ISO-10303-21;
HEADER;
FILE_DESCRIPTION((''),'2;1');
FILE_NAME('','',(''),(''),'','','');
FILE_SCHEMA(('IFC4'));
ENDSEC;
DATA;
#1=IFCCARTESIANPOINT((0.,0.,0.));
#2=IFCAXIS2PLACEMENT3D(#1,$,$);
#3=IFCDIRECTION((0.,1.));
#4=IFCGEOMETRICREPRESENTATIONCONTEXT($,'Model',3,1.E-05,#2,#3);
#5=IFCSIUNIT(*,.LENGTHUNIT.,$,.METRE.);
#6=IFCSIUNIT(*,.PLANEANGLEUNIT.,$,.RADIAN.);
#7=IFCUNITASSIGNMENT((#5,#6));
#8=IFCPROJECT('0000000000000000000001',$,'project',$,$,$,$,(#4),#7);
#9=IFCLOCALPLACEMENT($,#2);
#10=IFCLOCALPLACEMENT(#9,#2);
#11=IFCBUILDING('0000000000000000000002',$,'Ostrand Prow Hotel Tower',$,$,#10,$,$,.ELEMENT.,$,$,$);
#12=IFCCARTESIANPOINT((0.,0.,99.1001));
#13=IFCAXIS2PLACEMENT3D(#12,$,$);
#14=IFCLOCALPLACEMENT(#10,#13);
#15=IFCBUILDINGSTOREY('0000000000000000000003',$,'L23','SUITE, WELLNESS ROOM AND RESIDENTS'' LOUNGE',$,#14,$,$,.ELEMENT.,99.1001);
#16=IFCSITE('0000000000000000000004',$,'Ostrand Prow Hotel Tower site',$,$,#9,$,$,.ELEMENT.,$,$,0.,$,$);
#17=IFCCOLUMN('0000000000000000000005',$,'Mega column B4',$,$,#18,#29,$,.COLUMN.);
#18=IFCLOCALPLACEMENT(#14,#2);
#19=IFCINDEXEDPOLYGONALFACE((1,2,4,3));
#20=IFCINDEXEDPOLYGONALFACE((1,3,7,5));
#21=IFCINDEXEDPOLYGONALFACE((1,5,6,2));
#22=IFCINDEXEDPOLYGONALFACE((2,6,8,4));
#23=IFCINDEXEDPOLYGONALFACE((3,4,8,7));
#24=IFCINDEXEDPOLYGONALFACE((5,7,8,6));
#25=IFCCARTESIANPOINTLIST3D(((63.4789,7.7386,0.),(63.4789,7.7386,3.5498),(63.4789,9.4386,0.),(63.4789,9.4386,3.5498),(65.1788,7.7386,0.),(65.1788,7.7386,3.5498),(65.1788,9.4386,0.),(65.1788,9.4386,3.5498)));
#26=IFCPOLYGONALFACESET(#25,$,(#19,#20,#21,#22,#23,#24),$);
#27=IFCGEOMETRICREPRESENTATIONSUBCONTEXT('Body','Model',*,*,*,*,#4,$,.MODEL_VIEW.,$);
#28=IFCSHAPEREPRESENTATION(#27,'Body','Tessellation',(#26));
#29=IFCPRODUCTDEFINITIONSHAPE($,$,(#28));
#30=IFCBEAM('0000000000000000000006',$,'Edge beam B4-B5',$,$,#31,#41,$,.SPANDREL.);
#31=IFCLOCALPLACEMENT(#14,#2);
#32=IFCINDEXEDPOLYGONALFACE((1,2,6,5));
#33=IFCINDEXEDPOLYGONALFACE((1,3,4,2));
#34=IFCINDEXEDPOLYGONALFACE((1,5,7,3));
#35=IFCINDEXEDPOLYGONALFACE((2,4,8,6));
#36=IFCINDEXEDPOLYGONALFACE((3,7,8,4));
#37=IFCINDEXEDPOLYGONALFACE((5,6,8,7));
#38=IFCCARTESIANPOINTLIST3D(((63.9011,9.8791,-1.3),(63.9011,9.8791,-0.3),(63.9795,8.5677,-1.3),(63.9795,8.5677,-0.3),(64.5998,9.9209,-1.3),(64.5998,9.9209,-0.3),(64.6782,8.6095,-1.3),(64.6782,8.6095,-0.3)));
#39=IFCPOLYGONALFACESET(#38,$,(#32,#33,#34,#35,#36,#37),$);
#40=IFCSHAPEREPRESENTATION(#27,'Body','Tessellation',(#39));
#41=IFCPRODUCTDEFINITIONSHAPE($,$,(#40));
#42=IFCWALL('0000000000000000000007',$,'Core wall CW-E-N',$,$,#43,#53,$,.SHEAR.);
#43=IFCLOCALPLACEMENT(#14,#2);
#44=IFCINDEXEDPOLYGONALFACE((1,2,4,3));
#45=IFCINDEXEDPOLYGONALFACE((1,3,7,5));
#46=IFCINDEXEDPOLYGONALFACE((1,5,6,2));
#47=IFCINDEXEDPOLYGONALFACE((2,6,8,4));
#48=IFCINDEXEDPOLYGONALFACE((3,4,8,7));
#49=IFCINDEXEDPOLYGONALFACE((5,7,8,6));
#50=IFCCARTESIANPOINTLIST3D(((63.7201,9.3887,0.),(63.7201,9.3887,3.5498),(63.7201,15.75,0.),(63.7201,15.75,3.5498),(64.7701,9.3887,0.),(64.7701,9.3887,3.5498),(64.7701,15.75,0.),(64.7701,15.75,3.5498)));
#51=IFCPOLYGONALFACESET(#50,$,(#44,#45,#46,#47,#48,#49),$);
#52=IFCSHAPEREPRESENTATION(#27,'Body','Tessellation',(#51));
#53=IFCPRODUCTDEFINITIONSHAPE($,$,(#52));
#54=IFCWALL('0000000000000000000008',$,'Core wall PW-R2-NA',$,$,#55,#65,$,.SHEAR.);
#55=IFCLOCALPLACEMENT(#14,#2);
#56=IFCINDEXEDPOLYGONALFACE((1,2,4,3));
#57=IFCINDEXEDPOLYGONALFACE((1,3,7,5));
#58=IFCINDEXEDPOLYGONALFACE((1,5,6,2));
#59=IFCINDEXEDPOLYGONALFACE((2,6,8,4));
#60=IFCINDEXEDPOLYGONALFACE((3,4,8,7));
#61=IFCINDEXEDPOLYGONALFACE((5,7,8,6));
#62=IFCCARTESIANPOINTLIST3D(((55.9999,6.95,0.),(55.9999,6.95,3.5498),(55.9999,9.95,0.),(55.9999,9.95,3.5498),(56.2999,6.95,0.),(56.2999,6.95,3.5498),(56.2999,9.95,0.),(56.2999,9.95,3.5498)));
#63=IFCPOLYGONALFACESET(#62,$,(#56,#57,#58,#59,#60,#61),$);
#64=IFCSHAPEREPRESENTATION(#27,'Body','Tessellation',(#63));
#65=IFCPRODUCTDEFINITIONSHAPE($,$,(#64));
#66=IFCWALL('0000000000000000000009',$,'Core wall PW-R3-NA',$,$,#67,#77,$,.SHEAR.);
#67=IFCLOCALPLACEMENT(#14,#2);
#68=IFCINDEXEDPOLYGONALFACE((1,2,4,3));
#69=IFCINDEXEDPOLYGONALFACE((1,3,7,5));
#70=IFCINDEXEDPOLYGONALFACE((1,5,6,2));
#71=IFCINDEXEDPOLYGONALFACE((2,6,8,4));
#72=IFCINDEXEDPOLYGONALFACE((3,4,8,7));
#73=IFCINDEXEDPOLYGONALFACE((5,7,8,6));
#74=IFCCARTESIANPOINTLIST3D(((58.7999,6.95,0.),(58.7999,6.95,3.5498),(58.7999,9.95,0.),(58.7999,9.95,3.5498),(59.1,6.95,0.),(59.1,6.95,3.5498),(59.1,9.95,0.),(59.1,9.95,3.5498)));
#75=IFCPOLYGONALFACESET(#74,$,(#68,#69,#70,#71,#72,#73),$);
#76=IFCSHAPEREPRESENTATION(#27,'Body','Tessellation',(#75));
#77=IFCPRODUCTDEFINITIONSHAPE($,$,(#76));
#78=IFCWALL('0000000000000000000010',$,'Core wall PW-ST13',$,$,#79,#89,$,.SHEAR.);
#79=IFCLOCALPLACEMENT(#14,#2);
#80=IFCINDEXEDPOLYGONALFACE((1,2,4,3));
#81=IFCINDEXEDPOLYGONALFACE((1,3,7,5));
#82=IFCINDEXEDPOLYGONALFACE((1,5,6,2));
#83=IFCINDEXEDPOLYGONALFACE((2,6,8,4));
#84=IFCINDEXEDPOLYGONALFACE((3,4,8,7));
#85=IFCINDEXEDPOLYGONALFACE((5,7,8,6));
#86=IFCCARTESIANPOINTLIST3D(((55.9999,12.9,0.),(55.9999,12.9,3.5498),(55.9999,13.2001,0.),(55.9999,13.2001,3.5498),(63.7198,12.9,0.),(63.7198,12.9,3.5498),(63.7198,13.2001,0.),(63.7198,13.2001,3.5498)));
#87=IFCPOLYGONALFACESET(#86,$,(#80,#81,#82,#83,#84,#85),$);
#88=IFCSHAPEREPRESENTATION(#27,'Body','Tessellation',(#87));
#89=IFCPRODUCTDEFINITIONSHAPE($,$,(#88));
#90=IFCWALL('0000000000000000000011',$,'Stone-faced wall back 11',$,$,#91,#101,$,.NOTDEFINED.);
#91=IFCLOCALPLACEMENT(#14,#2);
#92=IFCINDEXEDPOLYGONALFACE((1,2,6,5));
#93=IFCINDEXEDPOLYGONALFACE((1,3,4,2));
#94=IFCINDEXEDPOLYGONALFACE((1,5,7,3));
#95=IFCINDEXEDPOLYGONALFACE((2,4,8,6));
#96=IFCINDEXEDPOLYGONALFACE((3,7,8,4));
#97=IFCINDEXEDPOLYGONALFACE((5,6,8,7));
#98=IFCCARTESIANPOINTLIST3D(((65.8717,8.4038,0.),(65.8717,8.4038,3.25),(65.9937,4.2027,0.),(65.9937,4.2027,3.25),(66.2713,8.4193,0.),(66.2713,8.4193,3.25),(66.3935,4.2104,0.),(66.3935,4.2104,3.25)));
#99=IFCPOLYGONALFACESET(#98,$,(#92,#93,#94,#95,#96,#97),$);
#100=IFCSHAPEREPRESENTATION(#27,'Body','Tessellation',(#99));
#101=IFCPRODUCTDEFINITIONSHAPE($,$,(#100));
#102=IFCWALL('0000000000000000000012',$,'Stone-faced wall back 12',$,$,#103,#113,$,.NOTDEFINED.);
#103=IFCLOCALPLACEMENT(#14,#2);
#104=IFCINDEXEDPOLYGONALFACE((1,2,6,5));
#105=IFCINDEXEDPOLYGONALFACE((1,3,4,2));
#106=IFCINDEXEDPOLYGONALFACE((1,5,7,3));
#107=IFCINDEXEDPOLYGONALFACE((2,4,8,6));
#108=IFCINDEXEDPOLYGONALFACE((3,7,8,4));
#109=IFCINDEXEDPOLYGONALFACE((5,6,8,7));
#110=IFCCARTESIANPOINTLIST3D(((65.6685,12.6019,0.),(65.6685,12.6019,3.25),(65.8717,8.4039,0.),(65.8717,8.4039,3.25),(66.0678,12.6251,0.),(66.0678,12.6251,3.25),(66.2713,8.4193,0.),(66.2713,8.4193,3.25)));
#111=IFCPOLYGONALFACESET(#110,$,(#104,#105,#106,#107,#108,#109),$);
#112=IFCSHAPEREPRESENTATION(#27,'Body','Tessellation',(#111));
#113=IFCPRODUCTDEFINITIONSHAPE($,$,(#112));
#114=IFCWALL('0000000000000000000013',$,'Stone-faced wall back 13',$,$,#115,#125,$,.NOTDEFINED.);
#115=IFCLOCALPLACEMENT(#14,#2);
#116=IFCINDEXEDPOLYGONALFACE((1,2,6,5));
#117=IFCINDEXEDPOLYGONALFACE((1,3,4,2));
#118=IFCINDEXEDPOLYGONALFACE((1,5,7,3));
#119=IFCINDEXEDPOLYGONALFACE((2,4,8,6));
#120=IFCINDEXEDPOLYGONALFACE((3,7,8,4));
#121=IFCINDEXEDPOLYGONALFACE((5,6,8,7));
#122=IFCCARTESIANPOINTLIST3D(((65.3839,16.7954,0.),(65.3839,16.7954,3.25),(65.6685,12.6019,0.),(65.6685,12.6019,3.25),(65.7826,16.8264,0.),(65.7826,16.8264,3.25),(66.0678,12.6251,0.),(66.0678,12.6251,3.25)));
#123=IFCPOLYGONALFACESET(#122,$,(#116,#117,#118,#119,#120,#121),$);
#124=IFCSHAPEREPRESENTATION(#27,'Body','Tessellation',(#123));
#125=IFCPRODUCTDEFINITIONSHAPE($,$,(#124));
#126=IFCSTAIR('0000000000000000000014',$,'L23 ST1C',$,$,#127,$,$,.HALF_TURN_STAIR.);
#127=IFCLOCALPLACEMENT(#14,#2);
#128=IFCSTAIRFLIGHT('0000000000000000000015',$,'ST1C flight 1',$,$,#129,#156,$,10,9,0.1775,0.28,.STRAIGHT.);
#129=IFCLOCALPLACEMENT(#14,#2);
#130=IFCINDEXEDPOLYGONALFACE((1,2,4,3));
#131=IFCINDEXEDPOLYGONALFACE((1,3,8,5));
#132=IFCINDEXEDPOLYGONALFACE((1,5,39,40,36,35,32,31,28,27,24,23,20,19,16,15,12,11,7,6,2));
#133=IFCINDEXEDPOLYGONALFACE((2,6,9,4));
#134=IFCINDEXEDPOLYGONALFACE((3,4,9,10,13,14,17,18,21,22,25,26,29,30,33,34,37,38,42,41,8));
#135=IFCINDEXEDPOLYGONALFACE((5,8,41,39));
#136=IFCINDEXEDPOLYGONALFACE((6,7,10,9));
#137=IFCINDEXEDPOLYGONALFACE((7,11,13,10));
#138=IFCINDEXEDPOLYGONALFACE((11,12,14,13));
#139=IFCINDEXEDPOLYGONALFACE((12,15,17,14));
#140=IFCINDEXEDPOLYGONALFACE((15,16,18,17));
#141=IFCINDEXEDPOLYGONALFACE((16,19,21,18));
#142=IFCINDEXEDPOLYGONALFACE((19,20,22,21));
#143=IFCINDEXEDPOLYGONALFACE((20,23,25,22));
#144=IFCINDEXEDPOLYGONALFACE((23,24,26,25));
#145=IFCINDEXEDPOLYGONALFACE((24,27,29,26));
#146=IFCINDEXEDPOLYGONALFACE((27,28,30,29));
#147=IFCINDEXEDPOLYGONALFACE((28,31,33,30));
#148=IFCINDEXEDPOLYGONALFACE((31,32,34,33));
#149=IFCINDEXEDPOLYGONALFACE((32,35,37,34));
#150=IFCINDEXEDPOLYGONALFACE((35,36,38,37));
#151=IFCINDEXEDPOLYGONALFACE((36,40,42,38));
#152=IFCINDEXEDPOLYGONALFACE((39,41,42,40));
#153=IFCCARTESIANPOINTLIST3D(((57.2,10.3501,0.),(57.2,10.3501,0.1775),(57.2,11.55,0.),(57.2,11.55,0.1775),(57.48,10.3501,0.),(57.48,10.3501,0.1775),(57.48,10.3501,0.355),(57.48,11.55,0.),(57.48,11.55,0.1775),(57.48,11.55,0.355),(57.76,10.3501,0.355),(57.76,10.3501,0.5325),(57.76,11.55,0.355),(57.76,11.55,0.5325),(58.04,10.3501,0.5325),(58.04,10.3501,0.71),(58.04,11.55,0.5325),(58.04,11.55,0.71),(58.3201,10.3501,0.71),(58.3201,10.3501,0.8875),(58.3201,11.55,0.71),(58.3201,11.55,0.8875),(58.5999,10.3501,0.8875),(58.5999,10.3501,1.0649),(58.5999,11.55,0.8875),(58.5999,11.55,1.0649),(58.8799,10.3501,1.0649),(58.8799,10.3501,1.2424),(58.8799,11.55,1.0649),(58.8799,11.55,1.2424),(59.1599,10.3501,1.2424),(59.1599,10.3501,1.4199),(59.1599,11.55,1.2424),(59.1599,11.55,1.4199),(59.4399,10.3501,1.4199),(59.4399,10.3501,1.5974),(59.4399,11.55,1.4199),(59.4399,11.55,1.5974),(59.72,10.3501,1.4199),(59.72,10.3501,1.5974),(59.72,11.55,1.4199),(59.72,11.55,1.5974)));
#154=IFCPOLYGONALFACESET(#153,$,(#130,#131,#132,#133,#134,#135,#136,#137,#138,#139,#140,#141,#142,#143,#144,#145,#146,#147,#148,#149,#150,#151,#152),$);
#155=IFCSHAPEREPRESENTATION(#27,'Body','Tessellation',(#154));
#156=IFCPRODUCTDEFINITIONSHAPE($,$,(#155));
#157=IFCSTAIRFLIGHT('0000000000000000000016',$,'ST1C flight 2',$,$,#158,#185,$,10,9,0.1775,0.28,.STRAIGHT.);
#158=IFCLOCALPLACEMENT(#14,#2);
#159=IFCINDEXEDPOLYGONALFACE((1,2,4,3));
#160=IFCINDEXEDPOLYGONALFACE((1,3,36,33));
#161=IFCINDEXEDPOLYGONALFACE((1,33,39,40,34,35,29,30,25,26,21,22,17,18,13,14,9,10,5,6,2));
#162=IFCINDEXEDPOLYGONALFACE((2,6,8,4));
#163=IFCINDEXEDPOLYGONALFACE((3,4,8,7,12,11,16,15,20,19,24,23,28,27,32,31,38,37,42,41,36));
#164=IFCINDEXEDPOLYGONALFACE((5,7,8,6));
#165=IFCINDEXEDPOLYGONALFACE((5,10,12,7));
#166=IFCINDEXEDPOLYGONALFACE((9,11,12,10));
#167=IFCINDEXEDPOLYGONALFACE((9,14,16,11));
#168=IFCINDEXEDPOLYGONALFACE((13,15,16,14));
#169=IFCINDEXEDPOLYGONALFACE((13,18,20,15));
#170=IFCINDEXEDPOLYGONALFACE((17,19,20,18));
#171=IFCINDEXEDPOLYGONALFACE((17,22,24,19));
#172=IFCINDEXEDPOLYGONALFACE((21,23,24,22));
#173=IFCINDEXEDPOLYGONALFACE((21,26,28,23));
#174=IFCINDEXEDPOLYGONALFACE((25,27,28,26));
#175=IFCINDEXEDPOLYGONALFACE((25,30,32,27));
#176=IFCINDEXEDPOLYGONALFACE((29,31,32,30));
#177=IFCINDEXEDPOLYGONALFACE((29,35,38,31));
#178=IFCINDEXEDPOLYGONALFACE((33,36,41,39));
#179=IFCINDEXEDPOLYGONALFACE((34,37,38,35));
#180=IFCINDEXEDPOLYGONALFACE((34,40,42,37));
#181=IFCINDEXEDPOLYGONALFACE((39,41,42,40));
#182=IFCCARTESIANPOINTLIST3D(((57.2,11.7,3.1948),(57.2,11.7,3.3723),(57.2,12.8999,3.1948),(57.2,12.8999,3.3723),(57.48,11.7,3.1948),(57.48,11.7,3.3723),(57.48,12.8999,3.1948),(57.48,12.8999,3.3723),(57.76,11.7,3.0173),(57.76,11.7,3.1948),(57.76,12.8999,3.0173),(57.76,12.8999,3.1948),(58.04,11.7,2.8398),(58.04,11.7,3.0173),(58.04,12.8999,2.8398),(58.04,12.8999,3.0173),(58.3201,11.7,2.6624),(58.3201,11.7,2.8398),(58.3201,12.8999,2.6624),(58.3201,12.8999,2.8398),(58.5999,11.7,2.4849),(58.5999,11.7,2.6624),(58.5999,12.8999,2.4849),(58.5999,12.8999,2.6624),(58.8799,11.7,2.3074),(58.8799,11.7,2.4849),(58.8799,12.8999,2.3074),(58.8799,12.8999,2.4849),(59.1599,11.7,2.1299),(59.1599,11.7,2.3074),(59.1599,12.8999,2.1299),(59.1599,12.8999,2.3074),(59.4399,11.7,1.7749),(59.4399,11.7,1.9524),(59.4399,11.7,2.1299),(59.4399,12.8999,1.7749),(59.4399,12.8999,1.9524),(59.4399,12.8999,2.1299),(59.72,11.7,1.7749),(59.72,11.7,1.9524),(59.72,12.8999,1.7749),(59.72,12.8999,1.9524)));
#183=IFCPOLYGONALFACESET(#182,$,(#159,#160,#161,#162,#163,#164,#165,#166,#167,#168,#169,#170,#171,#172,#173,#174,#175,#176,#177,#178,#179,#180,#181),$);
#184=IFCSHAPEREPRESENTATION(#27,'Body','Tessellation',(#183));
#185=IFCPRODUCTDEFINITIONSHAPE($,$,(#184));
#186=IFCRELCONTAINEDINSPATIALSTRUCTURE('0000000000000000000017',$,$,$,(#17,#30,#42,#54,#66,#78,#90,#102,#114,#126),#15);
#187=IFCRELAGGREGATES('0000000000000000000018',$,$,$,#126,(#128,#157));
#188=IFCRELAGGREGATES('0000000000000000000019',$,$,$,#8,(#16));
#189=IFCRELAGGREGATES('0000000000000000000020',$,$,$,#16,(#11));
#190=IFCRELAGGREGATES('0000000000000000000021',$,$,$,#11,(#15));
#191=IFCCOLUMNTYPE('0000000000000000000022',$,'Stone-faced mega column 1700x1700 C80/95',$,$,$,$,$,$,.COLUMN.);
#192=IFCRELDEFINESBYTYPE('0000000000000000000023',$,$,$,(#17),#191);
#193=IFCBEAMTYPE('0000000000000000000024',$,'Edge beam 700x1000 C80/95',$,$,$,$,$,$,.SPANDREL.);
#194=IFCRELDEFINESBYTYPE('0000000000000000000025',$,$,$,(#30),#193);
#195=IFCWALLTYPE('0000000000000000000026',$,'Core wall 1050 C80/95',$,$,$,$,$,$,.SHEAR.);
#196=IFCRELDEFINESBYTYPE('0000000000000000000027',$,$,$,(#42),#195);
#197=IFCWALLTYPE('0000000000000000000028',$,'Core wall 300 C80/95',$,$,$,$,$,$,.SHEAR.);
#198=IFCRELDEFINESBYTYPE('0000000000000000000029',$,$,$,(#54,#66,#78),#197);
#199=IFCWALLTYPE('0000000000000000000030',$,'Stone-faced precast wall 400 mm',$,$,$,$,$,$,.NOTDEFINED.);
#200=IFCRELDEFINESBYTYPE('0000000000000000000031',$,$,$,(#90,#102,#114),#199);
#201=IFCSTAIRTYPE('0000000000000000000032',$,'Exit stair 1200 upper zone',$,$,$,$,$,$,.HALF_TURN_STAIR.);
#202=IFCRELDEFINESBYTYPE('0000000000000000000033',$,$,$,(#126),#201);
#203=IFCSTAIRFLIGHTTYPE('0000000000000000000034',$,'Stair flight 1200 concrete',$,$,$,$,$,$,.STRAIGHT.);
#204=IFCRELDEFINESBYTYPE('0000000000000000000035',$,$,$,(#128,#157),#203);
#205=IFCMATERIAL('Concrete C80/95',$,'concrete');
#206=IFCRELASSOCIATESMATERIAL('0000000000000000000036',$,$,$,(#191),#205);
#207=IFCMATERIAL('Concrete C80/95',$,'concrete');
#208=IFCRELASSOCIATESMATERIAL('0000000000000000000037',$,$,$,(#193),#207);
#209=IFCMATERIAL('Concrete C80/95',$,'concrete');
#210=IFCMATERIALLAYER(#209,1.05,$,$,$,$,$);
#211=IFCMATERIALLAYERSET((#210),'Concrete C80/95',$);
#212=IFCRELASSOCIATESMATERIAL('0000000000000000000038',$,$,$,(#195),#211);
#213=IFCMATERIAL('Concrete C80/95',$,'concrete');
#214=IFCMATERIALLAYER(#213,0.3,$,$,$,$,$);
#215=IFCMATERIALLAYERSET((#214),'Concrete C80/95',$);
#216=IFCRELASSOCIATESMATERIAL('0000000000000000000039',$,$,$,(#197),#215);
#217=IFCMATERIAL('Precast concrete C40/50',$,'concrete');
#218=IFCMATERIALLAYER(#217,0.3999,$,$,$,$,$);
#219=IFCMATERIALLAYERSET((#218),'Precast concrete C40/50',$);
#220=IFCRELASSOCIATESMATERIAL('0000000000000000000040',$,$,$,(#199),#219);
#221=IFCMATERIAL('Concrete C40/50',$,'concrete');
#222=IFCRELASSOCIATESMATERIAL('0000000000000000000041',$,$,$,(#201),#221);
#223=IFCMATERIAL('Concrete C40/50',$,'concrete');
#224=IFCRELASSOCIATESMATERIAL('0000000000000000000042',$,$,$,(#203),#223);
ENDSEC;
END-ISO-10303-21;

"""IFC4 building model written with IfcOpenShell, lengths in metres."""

from ifc_helpers import new_model, si_unit, direction, frame, frame_2d, origin, origin_2d, place, context, subcontext, project, spatial, polyline, rectangle, outline, extrude, material, layer, layer_set, material_profile, profile_set, type_object, element, aggregate, save


model = new_model("IFC4")

# Units and contexts
model_context = context("Model", 3, precision=1e-05, world=origin(), true_north=direction((0.0, 1.0)))
body_context = subcontext(model_context, "Body", "Model", "MODEL_VIEW")
ifc_project = project(units=[si_unit("LENGTHUNIT", "METRE"), si_unit("PLANEANGLEUNIT", "RADIAN")], contexts=[model_context])

# Site, building, storey
site_placement = place(None, origin())
site = spatial("IfcSite", under=ifc_project, at=site_placement, Name="Ostrand Prow Hotel Tower site", CompositionType="ELEMENT", RefElevation=0.0)
building_placement = place(site_placement, origin())
building = spatial("IfcBuilding", under=site, at=building_placement, Name="Ostrand Prow Hotel Tower", CompositionType="ELEMENT")
storey_placement = place(building_placement, frame((0.0, 0.0, 99.1001)))
storey = spatial("IfcBuildingStorey", under=building, at=storey_placement, Name="L23", Description="SUITE, WELLNESS ROOM AND RESIDENTS' LOUNGE", CompositionType="ELEMENT", Elevation=99.1001)

# Column
ifc_material_1 = material(Name="Concrete C80/95", Category="concrete")
ifc_material_profile_1 = material_profile(ifc_material_1, rectangle(XDim=1.7, YDim=1.7, at=origin_2d()), Name="RC 1700x1700")
ifc_profile_set_1 = profile_set([ifc_material_profile_1], Name="Concrete C80/95")
column_type = type_object("IfcColumnType", Name="Stone-faced mega column 1700x1700 C80/95", PredefinedType="COLUMN", material=ifc_profile_set_1)
column_placement = place(storey_placement, frame((64.3289, 8.5886, 0.0), z_axis=(0.0, 0.0, 1.0), x_axis=(1.0, 0.0, 0.0)))
element("IfcColumn", 1, at=column_placement, inside=storey, type_object=column_type, Name="Mega column B4", PredefinedType="COLUMN", context=body_context, shape_type="SweptSolid", body=[
    extrude(rectangle(XDim=1.7, YDim=1.7, at=origin_2d()), origin(), (0.0, 0.0, 1.0), 3.5498),
])

# Beam
ifc_material_2 = material(Name="Concrete C80/95", Category="concrete")
ifc_material_profile_2 = material_profile(ifc_material_2, rectangle(XDim=0.7, YDim=1.0, at=origin_2d()), Name="RC 700x1000")
ifc_profile_set_2 = profile_set([ifc_material_profile_2], Name="Concrete C80/95")
beam_type = type_object("IfcBeamType", Name="Edge beam 700x1000 C80/95", PredefinedType="SPANDREL", material=ifc_profile_set_2)
beam_placement = place(storey_placement, frame((64.3289, 8.5886, -0.8), z_axis=(-0.059659, 0.998219, 0.0), x_axis=(-0.998219, -0.059659, 0.0)))
element("IfcBeam", 2, at=beam_placement, inside=storey, type_object=beam_type, Name="Edge beam B4-B5", PredefinedType="SPANDREL", context=body_context, shape_type="SweptSolid", body=[
    extrude(rectangle(XDim=0.7, YDim=1.0, at=origin_2d()), origin(), (0.0, 0.0, 1.0), 1.3137),
])

# Walls
ifc_material_3 = material(Name="Concrete C80/95", Category="concrete")
ifc_layer_1 = layer(ifc_material_3, 1.05)
ifc_layer_set_1 = layer_set([ifc_layer_1], Name="Concrete C80/95")
wall_type_1 = type_object("IfcWallType", Name="Core wall 1050 C80/95", PredefinedType="SHEAR", material=ifc_layer_set_1)
wall_1_placement = place(storey_placement, frame((64.2451, 9.3887, 0.0), z_axis=(0.0, 0.0, 1.0), x_axis=(0.0, 1.0, 0.0)))
element("IfcWall", 3, at=wall_1_placement, inside=storey, type_object=wall_type_1, Name="Core wall CW-E-N", PredefinedType="SHEAR", context=body_context, shape_type="SweptSolid", body=[
    extrude(rectangle(XDim=6.3613, YDim=1.05, at=frame_2d((3.1807, 0.0))), origin(), (0.0, 0.0, 1.0), 3.5498),
])
ifc_material_4 = material(Name="Concrete C80/95", Category="concrete")
ifc_layer_2 = layer(ifc_material_4, 0.3)
ifc_layer_set_2 = layer_set([ifc_layer_2], Name="Concrete C80/95")
wall_type_2 = type_object("IfcWallType", Name="Core wall 300 C80/95", PredefinedType="SHEAR", material=ifc_layer_set_2)
for number, where, z_axis, x_axis, name in (
    (4, (56.1499, 6.95, 0.0), (0.0, 0.0, 1.0), (0.0, 1.0, 0.0), "Core wall PW-R2-NA"),
    (5, (58.95, 6.95, 0.0), (0.0, 0.0, 1.0), (0.0, 1.0, 0.0), "Core wall PW-R3-NA"),
):
    element("IfcWall", number, at=place(storey_placement, frame(where, z_axis=z_axis, x_axis=x_axis)), inside=storey, type_object=wall_type_2, Name=name, PredefinedType="SHEAR", context=body_context, shape_type="SweptSolid", body=[
        extrude(rectangle(XDim=3.0, YDim=0.3, at=frame_2d((1.5, 0.0))), origin(), (0.0, 0.0, 1.0), 3.5498),
    ])
wall_2_placement = place(storey_placement, frame((56.0, 13.05, 0.0), z_axis=(0.0, 0.0, 1.0), x_axis=(1.0, 0.0, 0.0)))
element("IfcWall", 6, at=wall_2_placement, inside=storey, type_object=wall_type_2, Name="Core wall PW-ST13", PredefinedType="SHEAR", context=body_context, shape_type="SweptSolid", body=[
    extrude(rectangle(XDim=7.72, YDim=0.3, at=frame_2d((3.8599, 0.0))), origin(), (0.0, 0.0, 1.0), 3.5498),
])
ifc_material_5 = material(Name="Precast concrete C40/50", Category="concrete")
ifc_layer_3 = layer(ifc_material_5, 0.3999)
ifc_layer_set_3 = layer_set([ifc_layer_3], Name="Precast concrete C40/50")
wall_type_3 = type_object("IfcWallType", Name="Stone-faced precast wall 400 mm", PredefinedType="NOTDEFINED", material=ifc_layer_set_3)
for number, where, z_axis, x_axis, name in (
    (7, (66.1936, 4.2065, 0.0), (0.0, 0.0, 1.0), (-0.029017, 0.999579, 0.0), "Stone-faced wall back 11"),
    (8, (66.0715, 8.4116, 0.0), (0.0, 0.0, 1.0), (-0.048343, 0.998831, 0.0), "Stone-faced wall back 12"),
):
    element("IfcWall", number, at=place(storey_placement, frame(where, z_axis=z_axis, x_axis=x_axis)), inside=storey, type_object=wall_type_3, Name=name, PredefinedType="NOTDEFINED", context=body_context, shape_type="SweptSolid", body=[
        extrude(outline(polyline([(-0.002, -0.2), (4.2087, -0.2), (4.2048, 0.2), (0.002, 0.2), (-0.002, -0.2)])), origin(), (0.0, 0.0, 1.0), 3.25),
    ])
wall_3_placement = place(storey_placement, frame((65.8682, 12.6135, 0.0), z_axis=(0.0, 0.0, 1.0), x_axis=(-0.067725, 0.997704, 0.0)))
element("IfcWall", 9, at=wall_3_placement, inside=storey, type_object=wall_type_3, Name="Stone-faced wall back 13", PredefinedType="NOTDEFINED", context=body_context, shape_type="SweptSolid", body=[
    extrude(outline(polyline([(-0.002, -0.2), (4.209, -0.2), (4.2051, 0.2), (0.002, 0.2), (-0.002, -0.2)])), origin(), (0.0, 0.0, 1.0), 3.25),
])

# Stair, stair flights
ifc_material_6 = material(Name="Concrete C40/50", Category="concrete")
stair_type = type_object("IfcStairType", Name="Exit stair 1200 upper zone", PredefinedType="HALF_TURN_STAIR", material=ifc_material_6)
stair_1_placement = place(storey_placement, origin())
stair_1 = element("IfcStair", 10, at=stair_1_placement, inside=storey, type_object=stair_type, Name="L23 ST1C", PredefinedType="HALF_TURN_STAIR")
ifc_material_7 = material(Name="Concrete C40/50", Category="concrete")
stair_flight_type = type_object("IfcStairFlightType", Name="Stair flight 1200 concrete", PredefinedType="STRAIGHT", material=ifc_material_7)
stair_flight_1_placement = place(storey_placement, frame((57.2, 10.95, 0.0), z_axis=(0.0, 0.0, 1.0), x_axis=(1.0, 0.0, 0.0)))
stair_flight_1 = element("IfcStairFlight", 11, at=stair_flight_1_placement, type_object=stair_flight_type, Name="ST1C flight 1", NumberOfRisers=10, NumberOfTreads=9, PredefinedType="STRAIGHT", RiserHeight=0.1775, TreadLength=0.28, context=body_context, shape_type="SweptSolid", body=[
    extrude(outline(polyline([(0.0, 0.0), (0.0, 0.1775), (0.28, 0.1775), (0.28, 0.355), (0.5601, 0.355), (0.5601, 0.5325), (0.8401, 0.5325), (0.8401, 0.71), (1.1201, 0.71), (1.1201, 0.8875), (1.3999, 0.8875), (1.3999, 1.0649), (1.6799, 1.0649), (1.6799, 1.2424), (1.96, 1.2424), (1.96, 1.4199), (2.24, 1.4199), (2.24, 1.5974), (2.52, 1.5974), (2.52, 1.7749), (2.52, 1.4199), (0.28, 0.0), (0.0, 0.0)])), frame((0.0, 0.6001, 0.0), z_axis=(0.0, -1.0, 0.0), x_axis=(1.0, 0.0, 0.0)), (0.0, 0.0, 1.0), 1.2),
])
stair_flight_2_placement = place(storey_placement, frame((59.72, 12.3, 1.7749), z_axis=(0.0, 0.0, 1.0), x_axis=(-1.0, 0.0, 0.0)))
stair_flight_2 = element("IfcStairFlight", 12, at=stair_flight_2_placement, type_object=stair_flight_type, Name="ST1C flight 2", NumberOfRisers=10, NumberOfTreads=9, PredefinedType="STRAIGHT", RiserHeight=0.1775, TreadLength=0.28, context=body_context, shape_type="SweptSolid", body=[
    extrude(outline(polyline([(0.0, 0.0), (0.0, 0.1775), (0.28, 0.1775), (0.28, 0.355), (0.5601, 0.355), (0.5601, 0.5325), (0.8401, 0.5325), (0.8401, 0.71), (1.1201, 0.71), (1.1201, 0.8875), (1.3999, 0.8875), (1.3999, 1.0649), (1.6799, 1.0649), (1.6799, 1.2424), (1.96, 1.2424), (1.96, 1.4199), (2.24, 1.4199), (2.24, 1.5974), (2.52, 1.5974), (2.52, 1.7749), (2.52, 1.4199), (0.28, 0.0), (0.0, 0.0)])), frame((0.0, 0.6001, 0.0), z_axis=(0.0, -1.0, 0.0), x_axis=(1.0, 0.0, 0.0)), (0.0, 0.0, 1.0), 1.2),
])
aggregate(stair_1, [stair_flight_1, stair_flight_2])

save(model, "model.ifc")
